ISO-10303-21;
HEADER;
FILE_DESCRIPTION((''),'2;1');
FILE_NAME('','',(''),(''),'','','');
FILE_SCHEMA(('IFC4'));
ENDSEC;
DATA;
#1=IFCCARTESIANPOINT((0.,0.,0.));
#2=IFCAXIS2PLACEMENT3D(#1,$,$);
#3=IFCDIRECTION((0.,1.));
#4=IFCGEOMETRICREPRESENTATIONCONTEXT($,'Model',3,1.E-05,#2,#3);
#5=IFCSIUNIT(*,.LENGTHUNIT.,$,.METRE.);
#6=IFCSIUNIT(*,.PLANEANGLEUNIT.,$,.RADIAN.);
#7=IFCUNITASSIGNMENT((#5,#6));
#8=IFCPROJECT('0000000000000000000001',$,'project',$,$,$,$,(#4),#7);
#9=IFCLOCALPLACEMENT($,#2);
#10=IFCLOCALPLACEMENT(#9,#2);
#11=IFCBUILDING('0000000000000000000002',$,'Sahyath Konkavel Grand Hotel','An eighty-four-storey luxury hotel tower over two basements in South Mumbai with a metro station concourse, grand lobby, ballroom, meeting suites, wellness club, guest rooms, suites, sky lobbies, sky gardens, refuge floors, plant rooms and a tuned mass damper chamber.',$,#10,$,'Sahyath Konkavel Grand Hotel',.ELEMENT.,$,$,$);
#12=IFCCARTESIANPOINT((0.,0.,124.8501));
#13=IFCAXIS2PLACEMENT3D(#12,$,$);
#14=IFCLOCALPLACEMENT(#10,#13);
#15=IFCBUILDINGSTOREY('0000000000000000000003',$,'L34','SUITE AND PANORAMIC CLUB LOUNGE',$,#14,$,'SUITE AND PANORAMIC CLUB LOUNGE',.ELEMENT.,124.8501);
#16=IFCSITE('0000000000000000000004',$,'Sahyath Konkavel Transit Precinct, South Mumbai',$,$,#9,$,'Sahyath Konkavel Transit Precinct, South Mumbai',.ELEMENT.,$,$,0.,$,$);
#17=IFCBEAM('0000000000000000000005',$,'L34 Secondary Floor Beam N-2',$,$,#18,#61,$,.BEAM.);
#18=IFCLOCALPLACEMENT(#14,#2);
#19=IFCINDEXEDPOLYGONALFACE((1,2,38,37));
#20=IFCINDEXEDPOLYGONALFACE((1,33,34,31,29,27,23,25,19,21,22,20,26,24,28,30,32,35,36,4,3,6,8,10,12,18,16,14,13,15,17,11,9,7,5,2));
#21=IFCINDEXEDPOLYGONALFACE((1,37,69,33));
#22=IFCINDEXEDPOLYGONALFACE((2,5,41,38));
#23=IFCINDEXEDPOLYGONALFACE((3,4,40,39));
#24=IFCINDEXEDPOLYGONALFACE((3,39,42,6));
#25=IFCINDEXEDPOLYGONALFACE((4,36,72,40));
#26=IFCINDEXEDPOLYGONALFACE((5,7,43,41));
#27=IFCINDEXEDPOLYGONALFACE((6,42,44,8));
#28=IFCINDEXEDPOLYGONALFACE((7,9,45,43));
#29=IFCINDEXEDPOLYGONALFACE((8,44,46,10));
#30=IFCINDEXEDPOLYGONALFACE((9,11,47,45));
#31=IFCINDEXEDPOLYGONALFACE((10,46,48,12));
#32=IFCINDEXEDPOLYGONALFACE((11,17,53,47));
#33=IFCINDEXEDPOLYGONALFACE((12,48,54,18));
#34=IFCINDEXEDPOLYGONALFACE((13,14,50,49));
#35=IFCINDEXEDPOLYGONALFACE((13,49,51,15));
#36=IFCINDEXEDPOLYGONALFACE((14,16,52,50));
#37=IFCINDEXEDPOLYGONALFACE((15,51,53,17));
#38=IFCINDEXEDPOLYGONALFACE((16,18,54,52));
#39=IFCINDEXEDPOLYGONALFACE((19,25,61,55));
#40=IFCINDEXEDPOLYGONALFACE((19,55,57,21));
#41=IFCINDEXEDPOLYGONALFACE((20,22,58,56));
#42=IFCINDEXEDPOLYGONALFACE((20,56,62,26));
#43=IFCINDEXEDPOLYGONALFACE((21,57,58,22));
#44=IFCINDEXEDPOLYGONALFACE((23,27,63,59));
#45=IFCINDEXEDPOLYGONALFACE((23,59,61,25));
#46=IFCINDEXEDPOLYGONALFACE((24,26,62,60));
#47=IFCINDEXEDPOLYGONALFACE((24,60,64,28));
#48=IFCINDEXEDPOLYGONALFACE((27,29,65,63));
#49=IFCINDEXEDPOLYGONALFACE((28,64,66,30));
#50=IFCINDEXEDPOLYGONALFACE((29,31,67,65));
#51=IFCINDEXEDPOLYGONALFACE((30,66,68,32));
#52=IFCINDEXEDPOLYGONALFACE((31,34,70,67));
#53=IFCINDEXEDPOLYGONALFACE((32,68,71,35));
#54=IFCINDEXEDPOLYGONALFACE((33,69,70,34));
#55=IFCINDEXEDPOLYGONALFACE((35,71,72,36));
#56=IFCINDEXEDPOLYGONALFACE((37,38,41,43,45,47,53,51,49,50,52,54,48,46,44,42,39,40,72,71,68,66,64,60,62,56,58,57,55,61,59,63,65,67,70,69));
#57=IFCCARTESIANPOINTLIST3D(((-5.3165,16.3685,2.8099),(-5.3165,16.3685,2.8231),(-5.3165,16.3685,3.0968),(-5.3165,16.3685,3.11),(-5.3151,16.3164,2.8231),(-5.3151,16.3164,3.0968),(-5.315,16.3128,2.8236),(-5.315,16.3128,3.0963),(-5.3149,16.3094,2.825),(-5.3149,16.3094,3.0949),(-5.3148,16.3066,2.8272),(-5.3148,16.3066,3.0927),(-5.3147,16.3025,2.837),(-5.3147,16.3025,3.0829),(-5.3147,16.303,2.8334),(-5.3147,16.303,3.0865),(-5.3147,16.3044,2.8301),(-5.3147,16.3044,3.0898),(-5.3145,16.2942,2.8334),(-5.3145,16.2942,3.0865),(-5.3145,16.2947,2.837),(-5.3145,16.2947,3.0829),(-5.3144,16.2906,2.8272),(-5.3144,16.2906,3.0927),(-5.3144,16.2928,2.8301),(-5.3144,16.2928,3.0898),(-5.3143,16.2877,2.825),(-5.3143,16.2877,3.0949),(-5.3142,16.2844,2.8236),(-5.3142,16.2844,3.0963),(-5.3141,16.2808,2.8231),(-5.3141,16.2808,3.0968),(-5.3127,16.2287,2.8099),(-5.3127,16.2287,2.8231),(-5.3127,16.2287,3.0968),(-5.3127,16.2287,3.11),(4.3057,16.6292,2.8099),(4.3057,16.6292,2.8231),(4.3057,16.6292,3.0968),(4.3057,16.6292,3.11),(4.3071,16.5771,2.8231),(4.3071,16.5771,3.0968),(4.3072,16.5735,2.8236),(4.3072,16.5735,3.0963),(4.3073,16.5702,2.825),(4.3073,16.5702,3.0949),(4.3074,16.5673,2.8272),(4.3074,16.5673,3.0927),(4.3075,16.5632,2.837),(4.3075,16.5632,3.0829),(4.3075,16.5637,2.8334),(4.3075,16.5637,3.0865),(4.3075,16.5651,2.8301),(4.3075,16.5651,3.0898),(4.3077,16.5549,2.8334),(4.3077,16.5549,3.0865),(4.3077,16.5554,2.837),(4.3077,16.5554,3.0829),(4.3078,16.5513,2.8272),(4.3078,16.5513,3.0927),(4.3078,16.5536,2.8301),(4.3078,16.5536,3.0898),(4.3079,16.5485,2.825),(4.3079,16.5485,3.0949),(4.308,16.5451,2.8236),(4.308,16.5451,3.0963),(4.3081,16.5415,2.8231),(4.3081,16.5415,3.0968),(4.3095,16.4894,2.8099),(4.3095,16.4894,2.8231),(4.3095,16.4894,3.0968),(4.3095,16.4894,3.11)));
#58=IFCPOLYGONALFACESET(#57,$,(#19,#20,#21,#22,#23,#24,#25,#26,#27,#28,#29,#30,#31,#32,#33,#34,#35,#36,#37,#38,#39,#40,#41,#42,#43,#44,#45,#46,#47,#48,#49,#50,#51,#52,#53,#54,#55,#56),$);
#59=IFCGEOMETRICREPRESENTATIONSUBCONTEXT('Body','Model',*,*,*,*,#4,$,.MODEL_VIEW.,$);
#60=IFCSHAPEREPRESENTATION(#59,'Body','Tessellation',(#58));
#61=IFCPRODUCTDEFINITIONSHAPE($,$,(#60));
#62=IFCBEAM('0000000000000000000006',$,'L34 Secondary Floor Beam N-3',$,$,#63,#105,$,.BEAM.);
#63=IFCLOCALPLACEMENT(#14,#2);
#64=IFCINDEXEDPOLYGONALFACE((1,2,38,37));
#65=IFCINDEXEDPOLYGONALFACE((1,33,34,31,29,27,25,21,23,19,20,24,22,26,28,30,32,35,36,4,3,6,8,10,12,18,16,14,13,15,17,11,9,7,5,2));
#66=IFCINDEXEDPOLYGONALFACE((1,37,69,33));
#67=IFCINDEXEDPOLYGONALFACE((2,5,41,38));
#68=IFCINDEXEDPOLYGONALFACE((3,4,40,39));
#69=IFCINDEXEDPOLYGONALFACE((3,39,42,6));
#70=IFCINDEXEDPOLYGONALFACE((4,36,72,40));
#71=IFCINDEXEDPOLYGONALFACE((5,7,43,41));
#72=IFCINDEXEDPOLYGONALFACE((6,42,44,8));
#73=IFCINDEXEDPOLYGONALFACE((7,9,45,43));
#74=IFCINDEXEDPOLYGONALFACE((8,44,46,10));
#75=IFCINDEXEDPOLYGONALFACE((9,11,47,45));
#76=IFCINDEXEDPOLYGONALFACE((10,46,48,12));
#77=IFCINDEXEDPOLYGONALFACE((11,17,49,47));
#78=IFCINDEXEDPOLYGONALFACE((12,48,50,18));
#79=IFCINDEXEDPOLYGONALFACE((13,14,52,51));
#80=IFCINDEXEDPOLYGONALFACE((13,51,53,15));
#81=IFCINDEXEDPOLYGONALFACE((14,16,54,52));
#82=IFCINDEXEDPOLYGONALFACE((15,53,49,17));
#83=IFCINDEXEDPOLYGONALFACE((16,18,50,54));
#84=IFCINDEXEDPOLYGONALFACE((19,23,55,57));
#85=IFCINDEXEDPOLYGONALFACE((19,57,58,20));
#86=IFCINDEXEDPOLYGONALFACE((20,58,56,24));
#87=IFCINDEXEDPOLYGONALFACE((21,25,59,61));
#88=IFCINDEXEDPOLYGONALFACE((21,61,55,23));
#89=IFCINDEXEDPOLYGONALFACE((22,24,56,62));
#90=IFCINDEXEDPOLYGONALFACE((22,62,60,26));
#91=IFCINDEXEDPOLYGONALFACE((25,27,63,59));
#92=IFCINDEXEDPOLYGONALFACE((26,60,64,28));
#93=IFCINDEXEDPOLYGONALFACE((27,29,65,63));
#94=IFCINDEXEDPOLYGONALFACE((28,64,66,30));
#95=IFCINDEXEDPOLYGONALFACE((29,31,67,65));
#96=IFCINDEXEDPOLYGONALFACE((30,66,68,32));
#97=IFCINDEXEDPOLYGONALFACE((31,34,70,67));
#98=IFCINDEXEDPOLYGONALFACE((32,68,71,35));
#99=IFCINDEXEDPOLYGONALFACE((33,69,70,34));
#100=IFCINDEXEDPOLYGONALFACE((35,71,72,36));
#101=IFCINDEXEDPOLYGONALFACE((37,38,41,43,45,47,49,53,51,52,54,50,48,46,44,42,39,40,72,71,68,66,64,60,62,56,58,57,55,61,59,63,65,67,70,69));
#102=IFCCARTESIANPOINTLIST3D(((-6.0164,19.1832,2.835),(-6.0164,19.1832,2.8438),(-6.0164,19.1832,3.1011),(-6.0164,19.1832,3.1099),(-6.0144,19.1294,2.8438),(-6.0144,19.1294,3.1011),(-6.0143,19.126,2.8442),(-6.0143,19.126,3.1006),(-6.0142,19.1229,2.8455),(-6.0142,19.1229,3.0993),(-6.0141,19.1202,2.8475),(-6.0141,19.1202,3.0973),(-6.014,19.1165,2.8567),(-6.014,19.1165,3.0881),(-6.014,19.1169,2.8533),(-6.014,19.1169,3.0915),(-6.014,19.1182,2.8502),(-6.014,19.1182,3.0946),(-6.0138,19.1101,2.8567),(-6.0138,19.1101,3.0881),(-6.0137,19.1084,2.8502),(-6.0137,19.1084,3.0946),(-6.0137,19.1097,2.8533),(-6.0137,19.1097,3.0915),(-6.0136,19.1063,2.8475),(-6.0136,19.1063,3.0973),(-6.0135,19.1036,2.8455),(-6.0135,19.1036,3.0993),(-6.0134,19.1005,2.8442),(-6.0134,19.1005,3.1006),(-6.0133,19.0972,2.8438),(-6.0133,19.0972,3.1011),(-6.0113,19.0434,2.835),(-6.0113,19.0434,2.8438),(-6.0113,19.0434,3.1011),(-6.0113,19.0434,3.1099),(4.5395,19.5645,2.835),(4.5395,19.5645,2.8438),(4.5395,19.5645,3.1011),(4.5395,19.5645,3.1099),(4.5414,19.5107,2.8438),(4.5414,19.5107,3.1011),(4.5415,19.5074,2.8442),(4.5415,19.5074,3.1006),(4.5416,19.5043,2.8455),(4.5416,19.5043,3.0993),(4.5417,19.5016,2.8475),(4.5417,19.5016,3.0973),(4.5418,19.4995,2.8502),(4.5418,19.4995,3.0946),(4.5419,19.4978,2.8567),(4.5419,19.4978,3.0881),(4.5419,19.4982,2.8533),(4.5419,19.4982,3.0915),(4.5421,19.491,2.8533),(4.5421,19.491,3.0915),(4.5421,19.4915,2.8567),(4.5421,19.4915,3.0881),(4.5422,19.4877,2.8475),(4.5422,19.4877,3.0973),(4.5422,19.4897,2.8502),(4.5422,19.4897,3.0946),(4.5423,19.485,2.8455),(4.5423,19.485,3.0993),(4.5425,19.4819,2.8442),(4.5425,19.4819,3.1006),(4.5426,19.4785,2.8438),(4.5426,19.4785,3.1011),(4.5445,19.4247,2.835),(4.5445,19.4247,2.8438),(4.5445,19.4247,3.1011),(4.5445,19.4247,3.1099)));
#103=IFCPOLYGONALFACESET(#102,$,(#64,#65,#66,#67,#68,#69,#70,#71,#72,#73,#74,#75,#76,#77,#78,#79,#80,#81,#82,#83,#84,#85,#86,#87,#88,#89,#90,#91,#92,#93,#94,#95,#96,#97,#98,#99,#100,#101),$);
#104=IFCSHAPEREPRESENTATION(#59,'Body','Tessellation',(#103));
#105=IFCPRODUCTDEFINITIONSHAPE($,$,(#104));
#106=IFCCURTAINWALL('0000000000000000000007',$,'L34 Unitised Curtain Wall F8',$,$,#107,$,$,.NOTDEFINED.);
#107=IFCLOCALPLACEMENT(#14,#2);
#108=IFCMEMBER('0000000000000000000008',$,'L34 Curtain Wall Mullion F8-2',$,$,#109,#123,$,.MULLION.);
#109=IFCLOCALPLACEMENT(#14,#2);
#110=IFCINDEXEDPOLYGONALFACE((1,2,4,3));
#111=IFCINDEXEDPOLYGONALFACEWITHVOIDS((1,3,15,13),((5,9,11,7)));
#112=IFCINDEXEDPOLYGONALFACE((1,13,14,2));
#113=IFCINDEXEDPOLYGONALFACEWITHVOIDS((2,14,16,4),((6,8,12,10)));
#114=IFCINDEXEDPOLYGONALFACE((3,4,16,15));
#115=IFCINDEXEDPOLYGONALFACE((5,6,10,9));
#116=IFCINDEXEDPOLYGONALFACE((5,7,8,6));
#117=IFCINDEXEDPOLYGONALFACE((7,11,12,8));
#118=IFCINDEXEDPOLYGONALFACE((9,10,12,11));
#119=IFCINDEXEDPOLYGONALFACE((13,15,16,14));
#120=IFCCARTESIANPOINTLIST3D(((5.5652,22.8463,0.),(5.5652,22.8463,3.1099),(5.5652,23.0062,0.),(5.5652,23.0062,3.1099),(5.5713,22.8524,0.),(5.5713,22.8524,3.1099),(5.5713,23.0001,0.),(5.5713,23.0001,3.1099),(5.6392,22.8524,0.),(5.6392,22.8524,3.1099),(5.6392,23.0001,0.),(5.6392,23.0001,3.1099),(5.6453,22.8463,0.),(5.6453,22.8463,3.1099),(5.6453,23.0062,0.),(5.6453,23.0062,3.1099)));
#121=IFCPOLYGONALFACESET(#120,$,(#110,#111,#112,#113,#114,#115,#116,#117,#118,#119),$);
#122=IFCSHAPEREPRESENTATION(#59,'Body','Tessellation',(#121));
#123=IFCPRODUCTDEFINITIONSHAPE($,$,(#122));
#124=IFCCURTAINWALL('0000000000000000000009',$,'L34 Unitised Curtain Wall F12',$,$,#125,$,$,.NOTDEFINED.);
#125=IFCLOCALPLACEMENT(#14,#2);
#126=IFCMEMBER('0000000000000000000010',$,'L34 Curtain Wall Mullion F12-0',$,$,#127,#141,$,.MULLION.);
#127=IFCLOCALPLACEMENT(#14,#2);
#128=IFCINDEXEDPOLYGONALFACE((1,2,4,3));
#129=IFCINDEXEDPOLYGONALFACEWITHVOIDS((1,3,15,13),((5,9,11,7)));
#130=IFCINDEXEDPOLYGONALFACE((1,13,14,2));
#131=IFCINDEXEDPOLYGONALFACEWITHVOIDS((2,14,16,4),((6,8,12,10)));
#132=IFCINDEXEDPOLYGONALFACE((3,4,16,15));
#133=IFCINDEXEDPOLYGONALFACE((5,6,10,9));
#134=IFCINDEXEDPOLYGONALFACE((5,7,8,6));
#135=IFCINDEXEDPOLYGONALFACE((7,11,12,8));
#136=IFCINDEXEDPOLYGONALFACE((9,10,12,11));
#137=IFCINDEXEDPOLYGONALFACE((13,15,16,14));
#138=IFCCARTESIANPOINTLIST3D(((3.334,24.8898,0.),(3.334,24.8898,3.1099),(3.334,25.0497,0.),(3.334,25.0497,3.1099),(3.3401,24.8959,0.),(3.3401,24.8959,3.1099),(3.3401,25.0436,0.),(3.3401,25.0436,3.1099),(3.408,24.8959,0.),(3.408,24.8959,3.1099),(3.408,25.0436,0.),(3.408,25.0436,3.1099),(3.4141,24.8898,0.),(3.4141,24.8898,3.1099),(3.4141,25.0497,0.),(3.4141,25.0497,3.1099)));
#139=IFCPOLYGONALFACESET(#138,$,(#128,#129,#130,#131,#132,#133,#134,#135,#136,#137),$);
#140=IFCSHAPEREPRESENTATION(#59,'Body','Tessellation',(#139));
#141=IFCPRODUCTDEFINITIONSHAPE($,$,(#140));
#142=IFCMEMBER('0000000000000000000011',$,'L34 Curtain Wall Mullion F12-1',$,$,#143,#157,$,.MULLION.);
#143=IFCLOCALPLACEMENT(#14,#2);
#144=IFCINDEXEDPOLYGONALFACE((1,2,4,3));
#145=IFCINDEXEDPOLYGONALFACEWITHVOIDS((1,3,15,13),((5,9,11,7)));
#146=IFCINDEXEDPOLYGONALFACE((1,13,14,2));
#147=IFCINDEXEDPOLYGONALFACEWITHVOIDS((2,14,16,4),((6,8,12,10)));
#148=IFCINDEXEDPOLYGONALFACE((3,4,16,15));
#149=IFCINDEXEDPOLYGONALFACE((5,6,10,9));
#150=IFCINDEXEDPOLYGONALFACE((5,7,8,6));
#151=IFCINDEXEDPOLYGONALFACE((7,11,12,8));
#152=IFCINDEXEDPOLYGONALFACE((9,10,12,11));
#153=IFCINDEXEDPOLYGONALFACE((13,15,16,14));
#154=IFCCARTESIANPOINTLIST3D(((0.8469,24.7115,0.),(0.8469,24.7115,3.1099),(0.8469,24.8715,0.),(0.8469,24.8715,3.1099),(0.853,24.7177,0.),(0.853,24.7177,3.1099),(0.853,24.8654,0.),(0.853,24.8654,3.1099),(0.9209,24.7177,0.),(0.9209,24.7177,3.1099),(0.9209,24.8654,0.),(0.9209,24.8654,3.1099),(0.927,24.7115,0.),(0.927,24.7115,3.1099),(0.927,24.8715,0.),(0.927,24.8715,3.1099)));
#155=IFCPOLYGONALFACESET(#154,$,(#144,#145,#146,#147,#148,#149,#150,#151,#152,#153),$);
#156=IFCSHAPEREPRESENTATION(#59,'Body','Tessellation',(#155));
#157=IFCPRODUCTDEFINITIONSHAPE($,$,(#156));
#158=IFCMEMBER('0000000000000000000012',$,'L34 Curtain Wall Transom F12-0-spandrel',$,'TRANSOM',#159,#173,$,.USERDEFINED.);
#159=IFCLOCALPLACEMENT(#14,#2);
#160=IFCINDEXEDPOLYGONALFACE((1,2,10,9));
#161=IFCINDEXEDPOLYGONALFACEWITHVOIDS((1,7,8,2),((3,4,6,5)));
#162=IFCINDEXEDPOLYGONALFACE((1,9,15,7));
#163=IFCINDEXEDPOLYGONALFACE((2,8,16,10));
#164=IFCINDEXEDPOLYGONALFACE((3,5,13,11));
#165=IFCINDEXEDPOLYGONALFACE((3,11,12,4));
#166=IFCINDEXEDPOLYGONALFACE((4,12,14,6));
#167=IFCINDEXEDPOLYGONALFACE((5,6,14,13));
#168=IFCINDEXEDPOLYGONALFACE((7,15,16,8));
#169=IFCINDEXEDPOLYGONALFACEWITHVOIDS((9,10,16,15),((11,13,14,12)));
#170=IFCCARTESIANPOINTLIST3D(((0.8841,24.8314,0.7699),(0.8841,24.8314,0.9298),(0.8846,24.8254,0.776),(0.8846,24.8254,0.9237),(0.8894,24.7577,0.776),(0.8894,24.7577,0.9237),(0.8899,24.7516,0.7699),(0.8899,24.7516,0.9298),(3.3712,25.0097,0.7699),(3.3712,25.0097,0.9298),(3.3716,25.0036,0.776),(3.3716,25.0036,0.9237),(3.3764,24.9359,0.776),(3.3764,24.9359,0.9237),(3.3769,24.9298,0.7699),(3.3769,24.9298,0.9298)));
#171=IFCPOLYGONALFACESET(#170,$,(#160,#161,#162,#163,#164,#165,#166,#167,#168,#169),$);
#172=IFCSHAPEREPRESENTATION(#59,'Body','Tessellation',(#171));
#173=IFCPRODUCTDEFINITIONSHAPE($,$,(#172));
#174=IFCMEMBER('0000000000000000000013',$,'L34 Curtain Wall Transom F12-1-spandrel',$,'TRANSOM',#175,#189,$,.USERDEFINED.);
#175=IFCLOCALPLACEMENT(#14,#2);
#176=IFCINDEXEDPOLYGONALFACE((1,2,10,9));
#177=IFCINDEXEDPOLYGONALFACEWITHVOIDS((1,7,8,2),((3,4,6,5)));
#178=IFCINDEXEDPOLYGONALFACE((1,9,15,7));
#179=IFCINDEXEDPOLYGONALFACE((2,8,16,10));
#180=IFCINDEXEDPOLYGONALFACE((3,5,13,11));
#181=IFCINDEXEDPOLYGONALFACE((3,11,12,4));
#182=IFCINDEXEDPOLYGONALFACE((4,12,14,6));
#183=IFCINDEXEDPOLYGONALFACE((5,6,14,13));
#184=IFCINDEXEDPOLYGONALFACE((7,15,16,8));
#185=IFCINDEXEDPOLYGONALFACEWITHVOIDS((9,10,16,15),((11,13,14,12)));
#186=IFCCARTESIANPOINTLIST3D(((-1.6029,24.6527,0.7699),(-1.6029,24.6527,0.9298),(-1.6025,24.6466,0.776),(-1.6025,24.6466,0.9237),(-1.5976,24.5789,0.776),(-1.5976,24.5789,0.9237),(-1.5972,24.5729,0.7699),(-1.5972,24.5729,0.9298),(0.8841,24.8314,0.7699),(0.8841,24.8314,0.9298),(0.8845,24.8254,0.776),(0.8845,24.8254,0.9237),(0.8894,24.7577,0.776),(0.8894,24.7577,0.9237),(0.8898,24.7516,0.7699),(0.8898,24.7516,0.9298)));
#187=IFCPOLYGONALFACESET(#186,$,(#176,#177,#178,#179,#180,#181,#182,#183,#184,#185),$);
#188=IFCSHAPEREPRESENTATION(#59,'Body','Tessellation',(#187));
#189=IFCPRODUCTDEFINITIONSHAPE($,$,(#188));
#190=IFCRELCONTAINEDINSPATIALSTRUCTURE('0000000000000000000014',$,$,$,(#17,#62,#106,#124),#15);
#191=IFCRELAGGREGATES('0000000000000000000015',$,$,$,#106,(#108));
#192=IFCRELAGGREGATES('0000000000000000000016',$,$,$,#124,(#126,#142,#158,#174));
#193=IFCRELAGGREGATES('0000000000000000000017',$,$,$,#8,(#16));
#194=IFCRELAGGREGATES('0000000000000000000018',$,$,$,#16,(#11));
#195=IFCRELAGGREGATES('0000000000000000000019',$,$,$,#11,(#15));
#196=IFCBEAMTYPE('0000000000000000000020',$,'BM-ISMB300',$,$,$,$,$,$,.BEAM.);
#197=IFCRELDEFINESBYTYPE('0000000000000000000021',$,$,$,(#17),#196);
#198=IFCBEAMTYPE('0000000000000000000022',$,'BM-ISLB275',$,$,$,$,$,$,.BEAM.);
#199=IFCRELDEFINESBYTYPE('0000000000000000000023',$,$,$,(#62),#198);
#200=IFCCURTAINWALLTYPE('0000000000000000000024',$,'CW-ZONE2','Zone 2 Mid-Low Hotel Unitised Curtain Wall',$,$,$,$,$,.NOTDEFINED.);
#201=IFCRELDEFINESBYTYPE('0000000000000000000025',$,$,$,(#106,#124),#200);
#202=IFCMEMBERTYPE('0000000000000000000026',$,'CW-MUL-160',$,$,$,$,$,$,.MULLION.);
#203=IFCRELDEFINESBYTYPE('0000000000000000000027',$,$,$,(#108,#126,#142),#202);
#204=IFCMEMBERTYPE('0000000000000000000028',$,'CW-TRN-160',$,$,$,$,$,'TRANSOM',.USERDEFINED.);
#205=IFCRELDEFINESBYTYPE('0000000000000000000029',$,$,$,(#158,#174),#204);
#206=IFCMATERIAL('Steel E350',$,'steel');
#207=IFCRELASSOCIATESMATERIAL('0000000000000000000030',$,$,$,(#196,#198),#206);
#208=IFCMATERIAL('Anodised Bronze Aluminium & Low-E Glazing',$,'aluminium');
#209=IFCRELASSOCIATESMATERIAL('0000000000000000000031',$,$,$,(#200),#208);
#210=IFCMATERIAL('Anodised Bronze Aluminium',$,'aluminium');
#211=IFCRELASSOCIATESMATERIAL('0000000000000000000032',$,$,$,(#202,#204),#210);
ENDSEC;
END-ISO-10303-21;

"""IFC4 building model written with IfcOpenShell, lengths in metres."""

from ifc_helpers import new_model, si_unit, direction, frame, origin, origin_2d, place, context, subcontext, project, spatial, hollow_rectangle, i_section, extrude, source, transform, mapped, material, material_profile, profile_set, type_object, element, aggregate, save


model = new_model("IFC4")

# Units and contexts
model_context = context("Model", 3, precision=1e-05, world=origin(), true_north=direction((0.0, 1.0)))
body_context = subcontext(model_context, "Body", "Model", "MODEL_VIEW")
ifc_project = project(units=[si_unit("LENGTHUNIT", "METRE"), si_unit("PLANEANGLEUNIT", "RADIAN")], contexts=[model_context])

# Site, building, storey
site_placement = place(None, origin())
site = spatial("IfcSite", under=ifc_project, at=site_placement, Name="Sahyath Konkavel Transit Precinct, South Mumbai", LongName="Sahyath Konkavel Transit Precinct, South Mumbai", CompositionType="ELEMENT", RefElevation=0.0)
building_placement = place(site_placement, origin())
building = spatial("IfcBuilding", under=site, at=building_placement, Name="Sahyath Konkavel Grand Hotel", Description="An eighty-four-storey luxury hotel tower over two basements in South Mumbai with a metro station concourse, grand lobby, ballroom, meeting suites, wellness club, guest rooms, suites, sky lobbies, sky gardens, refuge floors, plant rooms and a tuned mass damper chamber.", LongName="Sahyath Konkavel Grand Hotel", CompositionType="ELEMENT")
storey_placement = place(building_placement, frame((0.0, 0.0, 124.8501)))
storey = spatial("IfcBuildingStorey", under=building, at=storey_placement, Name="L34", Description="SUITE AND PANORAMIC CLUB LOUNGE", LongName="SUITE AND PANORAMIC CLUB LOUNGE", CompositionType="ELEMENT", Elevation=124.8501)

# Beams
ifc_material_1 = material(Name="Steel E350", Category="steel")
ifc_material_profile_1 = material_profile(ifc_material_1, i_section(OverallWidth=0.1399, OverallDepth=0.3, WebThickness=0.0078, FlangeThickness=0.0132, FilletRadius=0.0139, at=origin_2d()), Name="ISMB 300")
ifc_profile_set_1 = profile_set([ifc_material_profile_1], Name="Steel E350")
beam_type_1 = type_object("IfcBeamType", Name="BM-ISMB300", PredefinedType="BEAM", material=ifc_profile_set_1)
shared_shape_1 = source(origin(), body_context, "Body", "SweptSolid", [
    extrude(i_section(OverallWidth=0.1399, OverallDepth=0.3, WebThickness=0.0078, FlangeThickness=0.0132, FilletRadius=0.0139, at=origin_2d()), origin(), (0.0, 0.0, 1.0), 9.6257),
])
beam_1_placement = place(storey_placement, frame((4.3076, 16.5593, 2.96), z_axis=(-0.999633, -0.027088, 0.0), x_axis=(0.027088, -0.999633, 0.0)))
element("IfcBeam", 1, at=beam_1_placement, inside=storey, type_object=beam_type_1, Name="L34 Secondary Floor Beam N-2", PredefinedType="BEAM", context=body_context, shape_type="MappedRepresentation", body=[
    mapped(shared_shape_1, transform((0.0, 0.0, 0.0), scale=1.0)),
])
ifc_material_profile_2 = material_profile(ifc_material_1, i_section(OverallWidth=0.1399, OverallDepth=0.2749, WebThickness=0.0063, FlangeThickness=0.0088, FilletRadius=0.0129, at=origin_2d()), Name="ISLB 275")
ifc_profile_set_2 = profile_set([ifc_material_profile_2], Name="Steel E350")
beam_type_2 = type_object("IfcBeamType", Name="BM-ISLB275", PredefinedType="BEAM", material=ifc_profile_set_2)
shared_shape_2 = source(origin(), body_context, "Body", "SweptSolid", [
    extrude(i_section(OverallWidth=0.1399, OverallDepth=0.2749, WebThickness=0.0063, FlangeThickness=0.0088, FilletRadius=0.0129, at=origin_2d()), origin(), (0.0, 0.0, 1.0), 10.5627),
])
beam_2_placement = place(storey_placement, frame((4.542, 19.4946, 2.9724), z_axis=(-0.999348, -0.036103, 0.0), x_axis=(0.036103, -0.999348, 0.0)))
element("IfcBeam", 2, at=beam_2_placement, inside=storey, type_object=beam_type_2, Name="L34 Secondary Floor Beam N-3", PredefinedType="BEAM", context=body_context, shape_type="MappedRepresentation", body=[
    mapped(shared_shape_2, transform((0.0, 0.0, 0.0), scale=1.0)),
])

# Curtain wall, member
ifc_material_2 = material(Name="Anodised Bronze Aluminium & Low-E Glazing", Category="aluminium")
curtain_wall_type = type_object("IfcCurtainWallType", Name="CW-ZONE2", Description="Zone 2 Mid-Low Hotel Unitised Curtain Wall", PredefinedType="NOTDEFINED", material=ifc_material_2)
curtain_wall_1_placement = place(storey_placement, origin())
curtain_wall_1 = element("IfcCurtainWall", 3, at=curtain_wall_1_placement, inside=storey, type_object=curtain_wall_type, Name="L34 Unitised Curtain Wall F8", PredefinedType="NOTDEFINED")
ifc_material_3 = material(Name="Anodised Bronze Aluminium", Category="aluminium")
ifc_material_profile_3 = material_profile(ifc_material_3, hollow_rectangle(XDim=0.0801, YDim=0.1599, WallThickness=0.0061, at=origin_2d()), Name="RHS 160x80x6")
ifc_profile_set_3 = profile_set([ifc_material_profile_3], Name="Anodised Bronze Aluminium")
member_type_1 = type_object("IfcMemberType", Name="CW-MUL-160", PredefinedType="MULLION", material=ifc_profile_set_3)
shared_shape_3 = source(origin(), body_context, "Body", "SweptSolid", [
    extrude(hollow_rectangle(XDim=0.0801, YDim=0.1599, WallThickness=0.0061, at=origin_2d()), origin(), (0.0, 0.0, 1.0), 3.1099),
])
member_1_placement = place(storey_placement, frame((5.6052, 22.9263, 0.0), z_axis=(0.0, 0.0, 1.0), x_axis=(1.0, 0.0, 0.0)))
member_1 = element("IfcMember", 4, at=member_1_placement, type_object=member_type_1, Name="L34 Curtain Wall Mullion F8-2", PredefinedType="MULLION", context=body_context, shape_type="MappedRepresentation", body=[
    mapped(shared_shape_3, transform((0.0, 0.0, 0.0), scale=1.0)),
])
aggregate(curtain_wall_1, [member_1])

# Curtain wall, members
curtain_wall_2_placement = place(storey_placement, origin())
curtain_wall_2 = element("IfcCurtainWall", 5, at=curtain_wall_2_placement, inside=storey, type_object=curtain_wall_type, Name="L34 Unitised Curtain Wall F12", PredefinedType="NOTDEFINED")
member_2_placement = place(storey_placement, frame((3.374, 24.9697, 0.0), z_axis=(0.0, 0.0, 1.0), x_axis=(1.0, 0.0, 0.0)))
member_2 = element("IfcMember", 6, at=member_2_placement, type_object=member_type_1, Name="L34 Curtain Wall Mullion F12-0", PredefinedType="MULLION", context=body_context, shape_type="MappedRepresentation", body=[
    mapped(shared_shape_3, transform((0.0, 0.0, 0.0), scale=1.0)),
])
member_3_placement = place(storey_placement, frame((0.887, 24.7915, 0.0), z_axis=(0.0, 0.0, 1.0), x_axis=(1.0, 0.0, 0.0)))
member_3 = element("IfcMember", 7, at=member_3_placement, type_object=member_type_1, Name="L34 Curtain Wall Mullion F12-1", PredefinedType="MULLION", context=body_context, shape_type="MappedRepresentation", body=[
    mapped(shared_shape_3, transform((0.0, 0.0, 0.0), scale=1.0)),
])
ifc_material_profile_4 = material_profile(ifc_material_3, hollow_rectangle(XDim=0.0801, YDim=0.1599, WallThickness=0.0061, at=origin_2d()), Name="RHS 160x80x6")
ifc_profile_set_4 = profile_set([ifc_material_profile_4], Name="Anodised Bronze Aluminium")
member_type_2 = type_object("IfcMemberType", Name="CW-TRN-160", ElementType="TRANSOM", PredefinedType="USERDEFINED", material=ifc_profile_set_4)
shared_shape_4 = source(origin(), body_context, "Body", "SweptSolid", [
    extrude(hollow_rectangle(XDim=0.0801, YDim=0.1599, WallThickness=0.0061, at=origin_2d()), origin(), (0.0, 0.0, 1.0), 2.4934),
])
member_4_placement = place(storey_placement, frame((3.374, 24.9697, 0.8499), z_axis=(-0.997442, -0.071477, 0.0), x_axis=(0.071477, -0.997442, 0.0)))
member_4 = element("IfcMember", 8, at=member_4_placement, type_object=member_type_2, Name="L34 Curtain Wall Transom F12-0-spandrel", ObjectType="TRANSOM", PredefinedType="USERDEFINED", context=body_context, shape_type="MappedRepresentation", body=[
    mapped(shared_shape_4, transform((0.0, 0.0, 0.0), scale=1.0)),
])
member_5_placement = place(storey_placement, frame((0.887, 24.7915, 0.8499), z_axis=(-0.997428, -0.071671, 0.0), x_axis=(0.071671, -0.997428, 0.0)))
member_5 = element("IfcMember", 9, at=member_5_placement, type_object=member_type_2, Name="L34 Curtain Wall Transom F12-1-spandrel", ObjectType="TRANSOM", PredefinedType="USERDEFINED", context=body_context, shape_type="MappedRepresentation", body=[
    mapped(shared_shape_4, transform((0.0, 0.0, 0.0), scale=1.0)),
])
aggregate(curtain_wall_2, [member_2, member_3, member_4, member_5])

save(model, "model.ifc")
